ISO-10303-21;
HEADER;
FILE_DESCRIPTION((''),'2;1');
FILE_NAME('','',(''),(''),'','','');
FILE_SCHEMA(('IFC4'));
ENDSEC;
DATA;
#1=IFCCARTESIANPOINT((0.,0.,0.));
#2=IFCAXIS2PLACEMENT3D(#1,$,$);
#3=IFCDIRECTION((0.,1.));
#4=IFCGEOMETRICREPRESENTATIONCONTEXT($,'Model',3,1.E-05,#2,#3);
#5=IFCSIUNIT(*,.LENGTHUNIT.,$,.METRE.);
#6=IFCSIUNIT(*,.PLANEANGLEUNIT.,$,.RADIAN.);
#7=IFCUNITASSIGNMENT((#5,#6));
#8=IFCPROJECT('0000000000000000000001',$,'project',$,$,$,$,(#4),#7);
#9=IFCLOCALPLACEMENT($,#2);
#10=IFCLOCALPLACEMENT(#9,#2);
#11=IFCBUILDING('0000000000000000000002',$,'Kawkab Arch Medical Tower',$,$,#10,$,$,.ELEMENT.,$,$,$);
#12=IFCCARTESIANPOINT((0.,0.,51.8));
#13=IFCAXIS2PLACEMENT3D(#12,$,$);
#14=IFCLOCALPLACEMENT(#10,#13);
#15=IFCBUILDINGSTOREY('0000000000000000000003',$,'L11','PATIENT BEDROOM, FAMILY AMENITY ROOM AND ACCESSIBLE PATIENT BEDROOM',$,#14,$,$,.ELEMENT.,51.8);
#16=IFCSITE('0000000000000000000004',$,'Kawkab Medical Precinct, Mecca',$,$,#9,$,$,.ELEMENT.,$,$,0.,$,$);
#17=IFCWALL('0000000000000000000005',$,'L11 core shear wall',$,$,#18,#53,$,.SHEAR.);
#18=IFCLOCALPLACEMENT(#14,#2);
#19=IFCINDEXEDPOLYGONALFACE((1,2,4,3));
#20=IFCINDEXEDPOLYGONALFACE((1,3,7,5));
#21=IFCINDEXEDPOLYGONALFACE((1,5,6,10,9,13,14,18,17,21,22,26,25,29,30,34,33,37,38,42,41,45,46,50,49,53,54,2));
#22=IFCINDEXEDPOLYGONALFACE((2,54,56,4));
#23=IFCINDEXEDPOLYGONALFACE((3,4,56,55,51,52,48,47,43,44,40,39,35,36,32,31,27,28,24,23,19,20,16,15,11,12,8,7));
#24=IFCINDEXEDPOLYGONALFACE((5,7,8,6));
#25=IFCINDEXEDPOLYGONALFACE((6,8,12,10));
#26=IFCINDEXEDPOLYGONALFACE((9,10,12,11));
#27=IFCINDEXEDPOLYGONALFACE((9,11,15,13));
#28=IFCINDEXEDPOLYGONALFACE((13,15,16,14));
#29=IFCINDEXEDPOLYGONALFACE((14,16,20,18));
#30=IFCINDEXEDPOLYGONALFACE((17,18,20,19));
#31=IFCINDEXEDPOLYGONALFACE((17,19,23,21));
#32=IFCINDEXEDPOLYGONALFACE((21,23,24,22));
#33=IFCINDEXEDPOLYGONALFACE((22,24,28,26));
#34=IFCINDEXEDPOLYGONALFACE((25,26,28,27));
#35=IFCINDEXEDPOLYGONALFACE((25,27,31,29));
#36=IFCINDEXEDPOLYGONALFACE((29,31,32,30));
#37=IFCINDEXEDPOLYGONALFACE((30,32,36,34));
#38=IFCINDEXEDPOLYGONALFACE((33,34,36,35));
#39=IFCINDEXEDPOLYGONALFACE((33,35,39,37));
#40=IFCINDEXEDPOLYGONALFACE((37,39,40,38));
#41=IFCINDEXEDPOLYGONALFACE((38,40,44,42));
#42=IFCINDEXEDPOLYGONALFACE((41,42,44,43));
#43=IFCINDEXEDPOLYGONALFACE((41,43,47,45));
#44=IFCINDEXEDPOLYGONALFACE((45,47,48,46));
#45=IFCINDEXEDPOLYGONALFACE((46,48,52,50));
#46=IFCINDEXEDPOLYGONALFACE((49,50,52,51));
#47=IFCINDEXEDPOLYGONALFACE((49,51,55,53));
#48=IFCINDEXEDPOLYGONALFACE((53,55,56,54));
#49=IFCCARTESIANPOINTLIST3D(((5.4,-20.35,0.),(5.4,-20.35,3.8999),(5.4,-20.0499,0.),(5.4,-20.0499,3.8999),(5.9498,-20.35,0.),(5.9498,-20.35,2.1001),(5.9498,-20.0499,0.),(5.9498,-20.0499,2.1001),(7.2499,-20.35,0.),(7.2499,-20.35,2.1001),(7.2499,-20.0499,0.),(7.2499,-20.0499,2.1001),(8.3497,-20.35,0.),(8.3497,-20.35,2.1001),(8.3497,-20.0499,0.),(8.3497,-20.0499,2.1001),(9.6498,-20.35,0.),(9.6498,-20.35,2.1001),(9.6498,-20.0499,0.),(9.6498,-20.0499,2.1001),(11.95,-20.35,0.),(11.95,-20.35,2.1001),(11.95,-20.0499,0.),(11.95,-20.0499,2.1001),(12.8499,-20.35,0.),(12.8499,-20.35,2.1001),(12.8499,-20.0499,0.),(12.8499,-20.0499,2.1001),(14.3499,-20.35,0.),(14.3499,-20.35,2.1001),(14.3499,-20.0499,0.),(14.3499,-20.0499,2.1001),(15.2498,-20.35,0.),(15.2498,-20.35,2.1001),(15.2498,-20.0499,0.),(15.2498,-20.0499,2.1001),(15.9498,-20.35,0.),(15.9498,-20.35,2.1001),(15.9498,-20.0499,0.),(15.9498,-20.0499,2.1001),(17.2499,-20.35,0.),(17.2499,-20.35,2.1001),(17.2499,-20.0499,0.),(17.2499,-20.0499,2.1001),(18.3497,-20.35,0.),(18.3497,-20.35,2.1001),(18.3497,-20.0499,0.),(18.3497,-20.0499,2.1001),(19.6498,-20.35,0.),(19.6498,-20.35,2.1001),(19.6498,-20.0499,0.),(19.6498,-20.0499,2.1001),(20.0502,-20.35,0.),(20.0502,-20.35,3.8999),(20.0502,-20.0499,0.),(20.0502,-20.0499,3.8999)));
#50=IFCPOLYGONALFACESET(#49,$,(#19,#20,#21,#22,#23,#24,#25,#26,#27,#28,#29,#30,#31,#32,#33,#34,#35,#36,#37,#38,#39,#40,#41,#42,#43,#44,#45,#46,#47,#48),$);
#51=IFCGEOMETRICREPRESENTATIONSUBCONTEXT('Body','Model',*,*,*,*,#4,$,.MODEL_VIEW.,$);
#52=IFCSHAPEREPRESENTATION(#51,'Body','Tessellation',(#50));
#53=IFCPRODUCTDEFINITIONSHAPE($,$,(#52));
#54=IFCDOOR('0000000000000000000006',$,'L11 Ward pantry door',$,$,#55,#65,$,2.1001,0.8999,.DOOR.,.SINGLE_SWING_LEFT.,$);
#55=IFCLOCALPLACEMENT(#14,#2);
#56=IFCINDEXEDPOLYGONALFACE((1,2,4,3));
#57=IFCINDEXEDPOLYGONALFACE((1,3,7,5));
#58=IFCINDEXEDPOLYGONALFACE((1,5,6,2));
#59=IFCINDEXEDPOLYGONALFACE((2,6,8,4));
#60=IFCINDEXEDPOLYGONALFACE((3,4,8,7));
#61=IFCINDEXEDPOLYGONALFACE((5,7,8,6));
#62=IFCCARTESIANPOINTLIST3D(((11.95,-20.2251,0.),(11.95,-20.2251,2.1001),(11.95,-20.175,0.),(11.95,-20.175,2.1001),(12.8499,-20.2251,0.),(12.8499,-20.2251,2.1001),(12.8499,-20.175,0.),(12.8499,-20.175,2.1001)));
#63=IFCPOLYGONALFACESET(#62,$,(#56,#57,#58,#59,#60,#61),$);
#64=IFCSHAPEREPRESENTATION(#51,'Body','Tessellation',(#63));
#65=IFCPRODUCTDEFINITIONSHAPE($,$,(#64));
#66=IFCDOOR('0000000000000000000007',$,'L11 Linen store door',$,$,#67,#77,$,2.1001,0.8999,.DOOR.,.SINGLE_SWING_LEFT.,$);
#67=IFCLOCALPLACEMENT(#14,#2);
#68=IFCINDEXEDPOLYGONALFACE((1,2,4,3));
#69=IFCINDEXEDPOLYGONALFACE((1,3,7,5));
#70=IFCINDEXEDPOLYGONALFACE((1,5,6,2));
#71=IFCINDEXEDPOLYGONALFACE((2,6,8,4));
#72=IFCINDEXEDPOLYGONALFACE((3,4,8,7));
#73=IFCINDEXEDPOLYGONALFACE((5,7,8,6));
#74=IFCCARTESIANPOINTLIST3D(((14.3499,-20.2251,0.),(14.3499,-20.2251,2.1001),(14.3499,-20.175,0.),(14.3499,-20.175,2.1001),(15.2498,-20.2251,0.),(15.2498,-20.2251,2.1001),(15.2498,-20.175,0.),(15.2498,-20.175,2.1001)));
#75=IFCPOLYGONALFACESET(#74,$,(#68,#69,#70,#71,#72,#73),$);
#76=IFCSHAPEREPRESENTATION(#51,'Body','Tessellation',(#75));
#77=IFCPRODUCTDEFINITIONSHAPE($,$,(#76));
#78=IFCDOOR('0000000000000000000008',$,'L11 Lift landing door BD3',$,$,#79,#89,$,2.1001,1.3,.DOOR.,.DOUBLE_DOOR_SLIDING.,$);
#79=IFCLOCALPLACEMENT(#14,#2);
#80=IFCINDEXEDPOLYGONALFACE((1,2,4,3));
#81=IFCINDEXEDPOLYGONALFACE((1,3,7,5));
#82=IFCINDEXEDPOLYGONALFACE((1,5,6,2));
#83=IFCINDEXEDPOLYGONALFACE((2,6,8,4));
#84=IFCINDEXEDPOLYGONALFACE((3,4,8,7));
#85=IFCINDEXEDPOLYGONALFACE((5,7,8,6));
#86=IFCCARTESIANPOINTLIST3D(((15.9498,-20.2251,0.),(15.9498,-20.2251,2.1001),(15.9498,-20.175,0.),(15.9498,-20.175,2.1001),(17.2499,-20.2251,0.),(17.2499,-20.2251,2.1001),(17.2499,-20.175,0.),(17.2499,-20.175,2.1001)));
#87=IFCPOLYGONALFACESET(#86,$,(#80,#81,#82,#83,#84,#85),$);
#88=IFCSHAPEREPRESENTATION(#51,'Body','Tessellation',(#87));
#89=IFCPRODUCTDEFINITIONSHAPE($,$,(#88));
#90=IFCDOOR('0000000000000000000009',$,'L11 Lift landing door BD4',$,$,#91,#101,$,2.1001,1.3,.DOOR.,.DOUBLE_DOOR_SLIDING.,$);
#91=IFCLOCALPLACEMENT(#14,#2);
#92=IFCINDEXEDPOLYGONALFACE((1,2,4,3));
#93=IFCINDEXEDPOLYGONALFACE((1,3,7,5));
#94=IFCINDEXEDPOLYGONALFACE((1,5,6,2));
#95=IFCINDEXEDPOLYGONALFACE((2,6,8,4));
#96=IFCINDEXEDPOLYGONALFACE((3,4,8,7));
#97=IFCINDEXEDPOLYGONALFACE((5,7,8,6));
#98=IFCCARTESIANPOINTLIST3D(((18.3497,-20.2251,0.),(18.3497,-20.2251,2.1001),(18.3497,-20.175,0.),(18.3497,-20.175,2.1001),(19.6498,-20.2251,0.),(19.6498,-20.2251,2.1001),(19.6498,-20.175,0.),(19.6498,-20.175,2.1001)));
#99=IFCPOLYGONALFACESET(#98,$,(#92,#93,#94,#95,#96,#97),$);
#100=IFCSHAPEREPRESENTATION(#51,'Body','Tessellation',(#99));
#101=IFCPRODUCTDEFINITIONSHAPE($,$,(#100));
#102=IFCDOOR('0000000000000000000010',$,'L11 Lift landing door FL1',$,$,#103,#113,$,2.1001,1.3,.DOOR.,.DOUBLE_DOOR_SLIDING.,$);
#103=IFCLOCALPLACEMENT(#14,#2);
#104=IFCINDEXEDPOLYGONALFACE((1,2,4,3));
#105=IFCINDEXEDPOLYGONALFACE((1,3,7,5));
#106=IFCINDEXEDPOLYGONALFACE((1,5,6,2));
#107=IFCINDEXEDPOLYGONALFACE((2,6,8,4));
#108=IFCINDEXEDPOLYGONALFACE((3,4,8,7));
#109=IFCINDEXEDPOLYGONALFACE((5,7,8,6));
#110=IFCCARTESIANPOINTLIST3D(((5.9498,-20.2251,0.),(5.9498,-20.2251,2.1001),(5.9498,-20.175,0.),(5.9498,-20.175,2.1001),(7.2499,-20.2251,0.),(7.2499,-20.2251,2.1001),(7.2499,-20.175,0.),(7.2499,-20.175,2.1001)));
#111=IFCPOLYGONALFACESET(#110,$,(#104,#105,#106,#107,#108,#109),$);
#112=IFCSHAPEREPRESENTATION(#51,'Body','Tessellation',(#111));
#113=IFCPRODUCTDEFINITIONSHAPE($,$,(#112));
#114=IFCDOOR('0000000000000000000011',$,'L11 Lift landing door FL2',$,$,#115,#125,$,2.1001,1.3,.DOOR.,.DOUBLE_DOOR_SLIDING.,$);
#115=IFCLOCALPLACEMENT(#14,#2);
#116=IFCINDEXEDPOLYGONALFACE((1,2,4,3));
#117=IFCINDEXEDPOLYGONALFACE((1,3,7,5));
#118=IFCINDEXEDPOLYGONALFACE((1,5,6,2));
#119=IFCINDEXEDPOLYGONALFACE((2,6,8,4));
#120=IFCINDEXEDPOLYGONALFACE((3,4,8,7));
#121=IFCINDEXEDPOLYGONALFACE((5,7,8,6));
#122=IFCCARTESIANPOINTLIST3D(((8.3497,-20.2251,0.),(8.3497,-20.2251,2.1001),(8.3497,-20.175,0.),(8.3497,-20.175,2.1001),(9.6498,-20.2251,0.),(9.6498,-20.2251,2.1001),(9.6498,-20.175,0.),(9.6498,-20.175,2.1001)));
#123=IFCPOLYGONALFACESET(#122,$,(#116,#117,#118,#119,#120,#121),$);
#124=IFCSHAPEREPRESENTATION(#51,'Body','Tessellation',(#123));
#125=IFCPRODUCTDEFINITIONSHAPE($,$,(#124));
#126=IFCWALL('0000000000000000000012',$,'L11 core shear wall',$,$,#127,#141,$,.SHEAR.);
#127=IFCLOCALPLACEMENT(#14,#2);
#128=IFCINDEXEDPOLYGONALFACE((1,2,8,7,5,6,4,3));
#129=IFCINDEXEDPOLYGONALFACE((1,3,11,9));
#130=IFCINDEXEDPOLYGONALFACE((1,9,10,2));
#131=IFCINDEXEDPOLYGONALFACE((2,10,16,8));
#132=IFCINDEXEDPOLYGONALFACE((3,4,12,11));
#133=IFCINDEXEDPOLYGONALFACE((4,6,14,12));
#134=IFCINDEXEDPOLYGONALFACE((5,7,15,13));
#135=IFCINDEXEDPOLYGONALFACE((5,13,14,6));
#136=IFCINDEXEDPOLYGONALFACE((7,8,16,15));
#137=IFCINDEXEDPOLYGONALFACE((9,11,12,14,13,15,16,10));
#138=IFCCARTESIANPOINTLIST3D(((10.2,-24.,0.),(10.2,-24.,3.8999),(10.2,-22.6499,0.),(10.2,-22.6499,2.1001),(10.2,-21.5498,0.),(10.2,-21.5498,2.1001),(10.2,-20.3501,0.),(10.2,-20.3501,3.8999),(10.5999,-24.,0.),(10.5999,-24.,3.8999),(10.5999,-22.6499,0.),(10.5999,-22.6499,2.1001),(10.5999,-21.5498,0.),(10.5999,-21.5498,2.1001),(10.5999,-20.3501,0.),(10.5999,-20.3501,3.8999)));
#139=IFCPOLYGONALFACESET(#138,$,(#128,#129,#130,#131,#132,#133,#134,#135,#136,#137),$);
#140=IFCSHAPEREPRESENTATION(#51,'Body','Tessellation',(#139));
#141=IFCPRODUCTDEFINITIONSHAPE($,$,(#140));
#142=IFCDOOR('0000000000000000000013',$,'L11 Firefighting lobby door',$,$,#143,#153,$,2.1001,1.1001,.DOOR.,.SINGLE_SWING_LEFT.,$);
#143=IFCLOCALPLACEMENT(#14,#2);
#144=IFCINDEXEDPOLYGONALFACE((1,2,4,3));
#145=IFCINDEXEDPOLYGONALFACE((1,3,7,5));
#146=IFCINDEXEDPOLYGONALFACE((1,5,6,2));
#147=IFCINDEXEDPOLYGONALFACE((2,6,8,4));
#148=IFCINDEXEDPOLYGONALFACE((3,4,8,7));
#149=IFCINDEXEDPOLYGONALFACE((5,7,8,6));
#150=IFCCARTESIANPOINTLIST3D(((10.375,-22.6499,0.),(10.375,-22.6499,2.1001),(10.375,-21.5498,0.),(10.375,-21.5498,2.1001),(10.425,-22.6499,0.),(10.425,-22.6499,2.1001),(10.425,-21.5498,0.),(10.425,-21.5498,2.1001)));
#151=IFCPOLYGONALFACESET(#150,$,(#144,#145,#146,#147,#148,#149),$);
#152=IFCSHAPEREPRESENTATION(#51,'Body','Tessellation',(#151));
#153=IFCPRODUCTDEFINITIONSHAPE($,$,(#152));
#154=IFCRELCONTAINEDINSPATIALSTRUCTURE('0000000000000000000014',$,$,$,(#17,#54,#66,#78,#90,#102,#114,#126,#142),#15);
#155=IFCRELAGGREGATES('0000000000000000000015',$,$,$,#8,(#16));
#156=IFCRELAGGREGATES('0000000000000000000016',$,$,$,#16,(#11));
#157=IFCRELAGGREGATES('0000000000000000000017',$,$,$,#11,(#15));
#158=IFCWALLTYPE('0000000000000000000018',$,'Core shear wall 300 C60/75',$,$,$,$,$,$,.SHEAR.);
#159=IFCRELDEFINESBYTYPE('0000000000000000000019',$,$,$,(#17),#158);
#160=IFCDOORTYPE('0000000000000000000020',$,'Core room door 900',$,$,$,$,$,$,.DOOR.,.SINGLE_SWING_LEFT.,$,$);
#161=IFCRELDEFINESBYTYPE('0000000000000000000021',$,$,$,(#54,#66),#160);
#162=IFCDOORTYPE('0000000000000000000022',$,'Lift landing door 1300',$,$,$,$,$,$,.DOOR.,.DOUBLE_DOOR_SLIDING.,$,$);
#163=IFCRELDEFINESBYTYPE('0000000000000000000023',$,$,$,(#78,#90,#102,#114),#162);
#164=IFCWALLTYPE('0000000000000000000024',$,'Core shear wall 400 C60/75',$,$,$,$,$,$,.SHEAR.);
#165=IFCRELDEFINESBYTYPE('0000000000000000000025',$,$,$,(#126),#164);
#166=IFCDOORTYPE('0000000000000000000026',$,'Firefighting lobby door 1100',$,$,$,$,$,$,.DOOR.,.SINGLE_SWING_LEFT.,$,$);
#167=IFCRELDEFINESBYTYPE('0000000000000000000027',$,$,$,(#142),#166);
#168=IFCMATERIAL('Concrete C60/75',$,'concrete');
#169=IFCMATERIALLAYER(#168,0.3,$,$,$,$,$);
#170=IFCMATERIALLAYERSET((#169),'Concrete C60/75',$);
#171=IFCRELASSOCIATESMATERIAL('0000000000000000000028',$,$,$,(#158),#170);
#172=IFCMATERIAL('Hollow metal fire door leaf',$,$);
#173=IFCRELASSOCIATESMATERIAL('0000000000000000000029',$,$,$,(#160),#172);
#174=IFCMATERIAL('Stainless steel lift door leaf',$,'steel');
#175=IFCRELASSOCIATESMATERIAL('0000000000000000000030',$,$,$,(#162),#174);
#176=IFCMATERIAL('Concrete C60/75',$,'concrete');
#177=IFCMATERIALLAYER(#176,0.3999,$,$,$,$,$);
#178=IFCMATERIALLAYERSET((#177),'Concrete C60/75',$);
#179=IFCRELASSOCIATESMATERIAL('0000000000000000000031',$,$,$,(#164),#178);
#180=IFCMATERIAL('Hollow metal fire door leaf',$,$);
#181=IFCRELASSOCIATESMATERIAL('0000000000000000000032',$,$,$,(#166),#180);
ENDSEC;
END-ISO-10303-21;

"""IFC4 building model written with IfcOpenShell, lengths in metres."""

from ifc_helpers import new_model, si_unit, direction, frame, frame_2d, origin, place, context, subcontext, project, spatial, rectangle, extrude, material, layer, layer_set, type_object, element, fill, save


model = new_model("IFC4")

# Units and contexts
model_context = context("Model", 3, precision=1e-05, world=origin(), true_north=direction((0.0, 1.0)))
body_context = subcontext(model_context, "Body", "Model", "MODEL_VIEW")
ifc_project = project(units=[si_unit("LENGTHUNIT", "METRE"), si_unit("PLANEANGLEUNIT", "RADIAN")], contexts=[model_context])

# Site, building, storey
site_placement = place(None, origin())
site = spatial("IfcSite", under=ifc_project, at=site_placement, Name="Kawkab Medical Precinct, Mecca", CompositionType="ELEMENT", RefElevation=0.0)
building_placement = place(site_placement, origin())
building = spatial("IfcBuilding", under=site, at=building_placement, Name="Kawkab Arch Medical Tower", CompositionType="ELEMENT")
storey_placement = place(building_placement, frame((0.0, 0.0, 51.8)))
storey = spatial("IfcBuildingStorey", under=building, at=storey_placement, Name="L11", Description="PATIENT BEDROOM, FAMILY AMENITY ROOM AND ACCESSIBLE PATIENT BEDROOM", CompositionType="ELEMENT", Elevation=51.8)

# Wall, openings, doors
ifc_material_1 = material(Name="Concrete C60/75", Category="concrete")
ifc_layer_1 = layer(ifc_material_1, 0.3)
ifc_layer_set_1 = layer_set([ifc_layer_1], Name="Concrete C60/75")
wall_type_1 = type_object("IfcWallType", Name="Core shear wall 300 C60/75", PredefinedType="SHEAR", material=ifc_layer_set_1)
wall_1_placement = place(storey_placement, frame((5.3999, -20.2, 0.0), z_axis=(0.0, 0.0, 1.0), x_axis=(1.0, 0.0, 0.0)))
wall_1 = element("IfcWall", 1, at=wall_1_placement, inside=storey, type_object=wall_type_1, Name="L11 core shear wall", PredefinedType="SHEAR", context=body_context, shape_type="SweptSolid", body=[
    extrude(rectangle(XDim=14.6501, YDim=0.3, at=frame_2d((7.3252, 0.0))), origin(), (0.0, 0.0, 1.0), 3.8999),
])
opening_1_placement = place(wall_1_placement, frame((10.55, 0.0, 0.0)))
opening_1 = element("IfcOpeningElement", 2, at=opening_1_placement, cuts=wall_1, PredefinedType="OPENING", context=body_context, shape_type="SweptSolid", body=[
    extrude(rectangle(XDim=1.3, YDim=2.1001, at=frame_2d((0.6499, 1.05))), frame((0.0, 0.1599, 0.0), z_axis=(0.0, -1.0, 0.0), x_axis=(1.0, 0.0, 0.0)), (0.0, 0.0, 1.0), 0.3201),
])
opening_2_placement = place(wall_1_placement, frame((12.95, 0.0, 0.0)))
opening_2 = element("IfcOpeningElement", 3, at=opening_2_placement, cuts=wall_1, PredefinedType="OPENING", context=body_context, shape_type="SweptSolid", body=[
    extrude(rectangle(XDim=1.3, YDim=2.1001, at=frame_2d((0.6499, 1.05))), frame((0.0, 0.1599, 0.0), z_axis=(0.0, -1.0, 0.0), x_axis=(1.0, 0.0, 0.0)), (0.0, 0.0, 1.0), 0.3201),
])
opening_3_placement = place(wall_1_placement, frame((0.55, 0.0, 0.0)))
opening_3 = element("IfcOpeningElement", 4, at=opening_3_placement, cuts=wall_1, PredefinedType="OPENING", context=body_context, shape_type="SweptSolid", body=[
    extrude(rectangle(XDim=1.3, YDim=2.1001, at=frame_2d((0.6499, 1.05))), frame((0.0, 0.1599, 0.0), z_axis=(0.0, -1.0, 0.0), x_axis=(1.0, 0.0, 0.0)), (0.0, 0.0, 1.0), 0.3201),
])
opening_4_placement = place(wall_1_placement, frame((2.95, 0.0, 0.0)))
opening_4 = element("IfcOpeningElement", 5, at=opening_4_placement, cuts=wall_1, PredefinedType="OPENING", context=body_context, shape_type="SweptSolid", body=[
    extrude(rectangle(XDim=1.3, YDim=2.1001, at=frame_2d((0.6499, 1.05))), frame((0.0, 0.1599, 0.0), z_axis=(0.0, -1.0, 0.0), x_axis=(1.0, 0.0, 0.0)), (0.0, 0.0, 1.0), 0.3201),
])
opening_5_placement = place(wall_1_placement, frame((6.55, 0.0, 0.0)))
opening_5 = element("IfcOpeningElement", 6, at=opening_5_placement, cuts=wall_1, PredefinedType="OPENING", context=body_context, shape_type="SweptSolid", body=[
    extrude(rectangle(XDim=0.8999, YDim=2.1001, at=frame_2d((0.45, 1.05))), frame((0.0, 0.1599, 0.0), z_axis=(0.0, -1.0, 0.0), x_axis=(1.0, 0.0, 0.0)), (0.0, 0.0, 1.0), 0.3201),
])
opening_6_placement = place(wall_1_placement, frame((8.95, 0.0, 0.0)))
opening_6 = element("IfcOpeningElement", 7, at=opening_6_placement, cuts=wall_1, PredefinedType="OPENING", context=body_context, shape_type="SweptSolid", body=[
    extrude(rectangle(XDim=0.8999, YDim=2.1001, at=frame_2d((0.45, 1.05))), frame((0.0, 0.1599, 0.0), z_axis=(0.0, -1.0, 0.0), x_axis=(1.0, 0.0, 0.0)), (0.0, 0.0, 1.0), 0.3201),
])
ifc_material_2 = material(Name="Hollow metal fire door leaf")
door_type_1 = type_object("IfcDoorType", Name="Core room door 900", OperationType="SINGLE_SWING_LEFT", PredefinedType="DOOR", material=ifc_material_2)
door_1_placement = place(opening_5_placement, origin())
door_1 = element("IfcDoor", 8, at=door_1_placement, inside=storey, type_object=door_type_1, Name="L11 Ward pantry door", OperationType="SINGLE_SWING_LEFT", OverallHeight=2.1001, OverallWidth=0.8999, PredefinedType="DOOR", context=body_context, shape_type="SweptSolid", body=[
    extrude(rectangle(XDim=0.8999, YDim=2.1001, at=frame_2d((0.45, 1.05))), frame((0.0, 0.0249, 0.0), z_axis=(0.0, -1.0, 0.0), x_axis=(1.0, 0.0, 0.0)), (0.0, 0.0, 1.0), 0.05),
])
fill(opening_5, door_1)
door_2_placement = place(opening_6_placement, origin())
door_2 = element("IfcDoor", 9, at=door_2_placement, inside=storey, type_object=door_type_1, Name="L11 Linen store door", OperationType="SINGLE_SWING_LEFT", OverallHeight=2.1001, OverallWidth=0.8999, PredefinedType="DOOR", context=body_context, shape_type="SweptSolid", body=[
    extrude(rectangle(XDim=0.8999, YDim=2.1001, at=frame_2d((0.45, 1.05))), frame((0.0, 0.0249, 0.0), z_axis=(0.0, -1.0, 0.0), x_axis=(1.0, 0.0, 0.0)), (0.0, 0.0, 1.0), 0.05),
])
fill(opening_6, door_2)
ifc_material_3 = material(Name="Stainless steel lift door leaf", Category="steel")
door_type_2 = type_object("IfcDoorType", Name="Lift landing door 1300", OperationType="DOUBLE_DOOR_SLIDING", PredefinedType="DOOR", material=ifc_material_3)
door_3_placement = place(opening_1_placement, origin())
door_3 = element("IfcDoor", 10, at=door_3_placement, inside=storey, type_object=door_type_2, Name="L11 Lift landing door BD3", OperationType="DOUBLE_DOOR_SLIDING", OverallHeight=2.1001, OverallWidth=1.3, PredefinedType="DOOR", context=body_context, shape_type="SweptSolid", body=[
    extrude(rectangle(XDim=1.3, YDim=2.1001, at=frame_2d((0.6499, 1.05))), frame((0.0, 0.0249, 0.0), z_axis=(0.0, -1.0, 0.0), x_axis=(1.0, 0.0, 0.0)), (0.0, 0.0, 1.0), 0.05),
])
fill(opening_1, door_3)
door_4_placement = place(opening_2_placement, origin())
door_4 = element("IfcDoor", 11, at=door_4_placement, inside=storey, type_object=door_type_2, Name="L11 Lift landing door BD4", OperationType="DOUBLE_DOOR_SLIDING", OverallHeight=2.1001, OverallWidth=1.3, PredefinedType="DOOR", context=body_context, shape_type="SweptSolid", body=[
    extrude(rectangle(XDim=1.3, YDim=2.1001, at=frame_2d((0.6499, 1.05))), frame((0.0, 0.0249, 0.0), z_axis=(0.0, -1.0, 0.0), x_axis=(1.0, 0.0, 0.0)), (0.0, 0.0, 1.0), 0.05),
])
fill(opening_2, door_4)
door_5_placement = place(opening_3_placement, origin())
door_5 = element("IfcDoor", 12, at=door_5_placement, inside=storey, type_object=door_type_2, Name="L11 Lift landing door FL1", OperationType="DOUBLE_DOOR_SLIDING", OverallHeight=2.1001, OverallWidth=1.3, PredefinedType="DOOR", context=body_context, shape_type="SweptSolid", body=[
    extrude(rectangle(XDim=1.3, YDim=2.1001, at=frame_2d((0.6499, 1.05))), frame((0.0, 0.0249, 0.0), z_axis=(0.0, -1.0, 0.0), x_axis=(1.0, 0.0, 0.0)), (0.0, 0.0, 1.0), 0.05),
])
fill(opening_3, door_5)
door_6_placement = place(opening_4_placement, origin())
door_6 = element("IfcDoor", 13, at=door_6_placement, inside=storey, type_object=door_type_2, Name="L11 Lift landing door FL2", OperationType="DOUBLE_DOOR_SLIDING", OverallHeight=2.1001, OverallWidth=1.3, PredefinedType="DOOR", context=body_context, shape_type="SweptSolid", body=[
    extrude(rectangle(XDim=1.3, YDim=2.1001, at=frame_2d((0.6499, 1.05))), frame((0.0, 0.0249, 0.0), z_axis=(0.0, -1.0, 0.0), x_axis=(1.0, 0.0, 0.0)), (0.0, 0.0, 1.0), 0.05),
])
fill(opening_4, door_6)

# Wall, opening, door
ifc_material_4 = material(Name="Concrete C60/75", Category="concrete")
ifc_layer_2 = layer(ifc_material_4, 0.3999)
ifc_layer_set_2 = layer_set([ifc_layer_2], Name="Concrete C60/75")
wall_type_2 = type_object("IfcWallType", Name="Core shear wall 400 C60/75", PredefinedType="SHEAR", material=ifc_layer_set_2)
wall_2_placement = place(storey_placement, frame((10.3999, -24.0, 0.0), z_axis=(0.0, 0.0, 1.0), x_axis=(0.0, 1.0, 0.0)))
wall_2 = element("IfcWall", 14, at=wall_2_placement, inside=storey, type_object=wall_type_2, Name="L11 core shear wall", PredefinedType="SHEAR", context=body_context, shape_type="SweptSolid", body=[
    extrude(rectangle(XDim=3.6499, YDim=0.3999, at=frame_2d((1.825, 0.0))), origin(), (0.0, 0.0, 1.0), 3.8999),
])
opening_7_placement = place(wall_2_placement, frame((1.3501, 0.0, 0.0)))
opening_7 = element("IfcOpeningElement", 15, at=opening_7_placement, cuts=wall_2, PredefinedType="OPENING", context=body_context, shape_type="SweptSolid", body=[
    extrude(rectangle(XDim=1.1001, YDim=2.1001, at=frame_2d((0.55, 1.05))), frame((0.0, 0.21, 0.0), z_axis=(0.0, -1.0, 0.0), x_axis=(1.0, 0.0, 0.0)), (0.0, 0.0, 1.0), 0.4199),
])
ifc_material_5 = material(Name="Hollow metal fire door leaf")
door_type_3 = type_object("IfcDoorType", Name="Firefighting lobby door 1100", OperationType="SINGLE_SWING_LEFT", PredefinedType="DOOR", material=ifc_material_5)
door_7_placement = place(opening_7_placement, origin())
door_7 = element("IfcDoor", 16, at=door_7_placement, inside=storey, type_object=door_type_3, Name="L11 Firefighting lobby door", OperationType="SINGLE_SWING_LEFT", OverallHeight=2.1001, OverallWidth=1.1001, PredefinedType="DOOR", context=body_context, shape_type="SweptSolid", body=[
    extrude(rectangle(XDim=1.1001, YDim=2.1001, at=frame_2d((0.55, 1.05))), frame((0.0, 0.0249, 0.0), z_axis=(0.0, -1.0, 0.0), x_axis=(1.0, 0.0, 0.0)), (0.0, 0.0, 1.0), 0.05),
])
fill(opening_7, door_7)

save(model, "model.ifc")
